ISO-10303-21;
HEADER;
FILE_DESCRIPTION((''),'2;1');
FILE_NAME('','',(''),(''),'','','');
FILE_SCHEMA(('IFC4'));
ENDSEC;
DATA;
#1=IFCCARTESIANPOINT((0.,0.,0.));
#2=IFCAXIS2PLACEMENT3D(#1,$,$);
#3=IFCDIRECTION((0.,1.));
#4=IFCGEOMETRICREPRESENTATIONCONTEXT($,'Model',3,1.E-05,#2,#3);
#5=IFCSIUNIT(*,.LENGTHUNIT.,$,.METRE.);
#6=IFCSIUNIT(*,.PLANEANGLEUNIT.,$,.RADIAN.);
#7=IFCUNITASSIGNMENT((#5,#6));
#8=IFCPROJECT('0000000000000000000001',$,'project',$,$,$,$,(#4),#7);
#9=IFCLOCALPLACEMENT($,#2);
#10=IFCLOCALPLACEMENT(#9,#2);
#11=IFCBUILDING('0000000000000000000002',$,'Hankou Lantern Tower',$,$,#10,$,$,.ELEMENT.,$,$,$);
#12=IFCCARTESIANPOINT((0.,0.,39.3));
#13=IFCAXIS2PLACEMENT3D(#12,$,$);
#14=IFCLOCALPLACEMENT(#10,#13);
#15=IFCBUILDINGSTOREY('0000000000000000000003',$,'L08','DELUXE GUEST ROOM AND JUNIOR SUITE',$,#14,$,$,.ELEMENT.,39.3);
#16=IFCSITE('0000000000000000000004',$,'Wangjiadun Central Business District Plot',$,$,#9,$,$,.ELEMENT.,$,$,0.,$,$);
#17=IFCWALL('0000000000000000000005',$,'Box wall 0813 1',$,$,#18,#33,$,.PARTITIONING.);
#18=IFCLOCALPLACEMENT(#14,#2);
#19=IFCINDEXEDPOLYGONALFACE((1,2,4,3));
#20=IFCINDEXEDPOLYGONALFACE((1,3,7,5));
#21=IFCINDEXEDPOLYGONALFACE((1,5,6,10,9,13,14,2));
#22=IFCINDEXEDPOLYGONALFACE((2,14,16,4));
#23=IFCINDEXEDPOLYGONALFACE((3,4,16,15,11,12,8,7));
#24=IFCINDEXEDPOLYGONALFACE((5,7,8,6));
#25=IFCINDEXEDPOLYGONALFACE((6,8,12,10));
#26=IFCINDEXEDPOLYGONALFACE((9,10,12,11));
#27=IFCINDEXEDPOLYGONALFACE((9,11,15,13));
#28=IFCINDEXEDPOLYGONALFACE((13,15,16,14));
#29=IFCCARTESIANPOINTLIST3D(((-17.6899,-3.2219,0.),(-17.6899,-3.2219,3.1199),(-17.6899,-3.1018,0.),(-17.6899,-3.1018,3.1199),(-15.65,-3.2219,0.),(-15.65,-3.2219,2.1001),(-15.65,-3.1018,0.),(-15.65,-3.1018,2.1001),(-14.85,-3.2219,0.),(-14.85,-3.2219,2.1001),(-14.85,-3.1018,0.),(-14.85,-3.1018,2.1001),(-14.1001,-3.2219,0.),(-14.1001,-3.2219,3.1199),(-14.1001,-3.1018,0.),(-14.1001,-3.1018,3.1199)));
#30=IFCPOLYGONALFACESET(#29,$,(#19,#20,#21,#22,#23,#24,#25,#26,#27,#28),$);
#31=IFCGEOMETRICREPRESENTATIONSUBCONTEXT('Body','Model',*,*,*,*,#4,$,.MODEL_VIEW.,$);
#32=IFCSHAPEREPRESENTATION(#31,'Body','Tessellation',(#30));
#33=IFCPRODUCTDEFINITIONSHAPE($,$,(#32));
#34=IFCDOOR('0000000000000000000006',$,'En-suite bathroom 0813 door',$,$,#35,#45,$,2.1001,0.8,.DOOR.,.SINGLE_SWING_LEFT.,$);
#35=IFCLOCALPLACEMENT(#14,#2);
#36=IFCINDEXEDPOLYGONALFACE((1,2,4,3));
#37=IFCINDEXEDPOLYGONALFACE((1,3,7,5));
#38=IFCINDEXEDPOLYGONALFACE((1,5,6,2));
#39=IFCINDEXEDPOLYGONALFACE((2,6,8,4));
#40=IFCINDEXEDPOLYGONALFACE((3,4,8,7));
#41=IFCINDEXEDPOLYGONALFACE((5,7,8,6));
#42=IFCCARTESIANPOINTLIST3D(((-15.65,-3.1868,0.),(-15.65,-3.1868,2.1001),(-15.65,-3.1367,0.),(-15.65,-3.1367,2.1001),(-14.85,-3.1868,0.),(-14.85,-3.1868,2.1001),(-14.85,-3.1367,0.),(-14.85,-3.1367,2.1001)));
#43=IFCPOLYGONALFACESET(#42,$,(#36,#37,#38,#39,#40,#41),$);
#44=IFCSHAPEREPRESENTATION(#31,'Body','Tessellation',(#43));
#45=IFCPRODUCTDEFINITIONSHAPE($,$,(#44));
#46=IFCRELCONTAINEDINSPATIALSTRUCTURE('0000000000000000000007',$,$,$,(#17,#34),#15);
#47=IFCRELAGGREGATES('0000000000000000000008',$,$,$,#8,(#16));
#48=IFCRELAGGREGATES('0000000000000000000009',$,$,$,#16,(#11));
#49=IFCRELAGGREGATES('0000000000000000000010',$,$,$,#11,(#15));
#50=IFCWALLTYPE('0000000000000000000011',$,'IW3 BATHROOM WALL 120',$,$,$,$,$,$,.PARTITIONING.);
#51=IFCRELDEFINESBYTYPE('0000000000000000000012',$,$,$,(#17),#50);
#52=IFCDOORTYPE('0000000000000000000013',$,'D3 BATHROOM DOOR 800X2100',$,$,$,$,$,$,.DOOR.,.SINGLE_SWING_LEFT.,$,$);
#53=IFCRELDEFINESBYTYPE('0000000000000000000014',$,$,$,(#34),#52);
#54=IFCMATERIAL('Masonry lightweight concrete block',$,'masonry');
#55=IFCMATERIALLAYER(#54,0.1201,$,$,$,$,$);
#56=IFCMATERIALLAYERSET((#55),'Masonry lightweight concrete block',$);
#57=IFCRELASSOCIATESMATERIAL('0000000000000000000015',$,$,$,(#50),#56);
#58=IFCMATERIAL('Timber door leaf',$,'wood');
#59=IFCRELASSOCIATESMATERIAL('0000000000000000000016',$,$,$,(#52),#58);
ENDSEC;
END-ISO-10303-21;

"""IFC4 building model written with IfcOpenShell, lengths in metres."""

from ifc_helpers import new_model, si_unit, direction, frame, frame_2d, origin, place, context, subcontext, project, spatial, rectangle, extrude, material, layer, layer_set, type_object, element, fill, save


model = new_model("IFC4")

# Units and contexts
model_context = context("Model", 3, precision=1e-05, world=origin(), true_north=direction((0.0, 1.0)))
body_context = subcontext(model_context, "Body", "Model", "MODEL_VIEW")
ifc_project = project(units=[si_unit("LENGTHUNIT", "METRE"), si_unit("PLANEANGLEUNIT", "RADIAN")], contexts=[model_context])

# Site, building, storey
site_placement = place(None, origin())
site = spatial("IfcSite", under=ifc_project, at=site_placement, Name="Wangjiadun Central Business District Plot", CompositionType="ELEMENT", RefElevation=0.0)
building_placement = place(site_placement, origin())
building = spatial("IfcBuilding", under=site, at=building_placement, Name="Hankou Lantern Tower", CompositionType="ELEMENT")
storey_placement = place(building_placement, frame((0.0, 0.0, 39.3)))
storey = spatial("IfcBuildingStorey", under=building, at=storey_placement, Name="L08", Description="DELUXE GUEST ROOM AND JUNIOR SUITE", CompositionType="ELEMENT", Elevation=39.3)

# Wall, opening, door
ifc_material_1 = material(Name="Masonry lightweight concrete block", Category="masonry")
ifc_layer_1 = layer(ifc_material_1, 0.1201)
ifc_layer_set_1 = layer_set([ifc_layer_1], Name="Masonry lightweight concrete block")
wall_type_1 = type_object("IfcWallType", Name="IW3 BATHROOM WALL 120", PredefinedType="PARTITIONING", material=ifc_layer_set_1)
wall_1_placement = place(storey_placement, frame((-14.1001, -3.1619, 0.0), z_axis=(0.0, 0.0, 1.0), x_axis=(-1.0, 0.0, 0.0)))
wall_1 = element("IfcWall", 1, at=wall_1_placement, inside=storey, type_object=wall_type_1, Name="Box wall 0813 1", PredefinedType="PARTITIONING", context=body_context, shape_type="SweptSolid", body=[
    extrude(rectangle(XDim=3.5898, YDim=0.1201, at=frame_2d((1.7949, 0.0))), origin(), (0.0, 0.0, 1.0), 3.1199),
])
opening_1_placement = place(wall_1_placement, frame((0.75, 0.0, 0.0)))
opening_1 = element("IfcOpeningElement", 2, at=opening_1_placement, cuts=wall_1, PredefinedType="OPENING", context=body_context, shape_type="SweptSolid", body=[
    extrude(rectangle(XDim=0.8, YDim=2.1001, at=frame_2d((0.3999, 1.05))), frame((0.0, 0.0701, 0.0), z_axis=(0.0, -1.0, 0.0), x_axis=(1.0, 0.0, 0.0)), (0.0, 0.0, 1.0), 0.1401),
])
ifc_material_2 = material(Name="Timber door leaf", Category="wood")
door_type_1 = type_object("IfcDoorType", Name="D3 BATHROOM DOOR 800X2100", OperationType="SINGLE_SWING_LEFT", PredefinedType="DOOR", material=ifc_material_2)
door_1_placement = place(opening_1_placement, origin())
door_1 = element("IfcDoor", 3, at=door_1_placement, inside=storey, type_object=door_type_1, Name="En-suite bathroom 0813 door", OperationType="SINGLE_SWING_LEFT", OverallHeight=2.1001, OverallWidth=0.8, PredefinedType="DOOR", context=body_context, shape_type="SweptSolid", body=[
    extrude(rectangle(XDim=0.8, YDim=2.1001, at=frame_2d((0.3999, 1.05))), frame((0.0, 0.0249, 0.0), z_axis=(0.0, -1.0, 0.0), x_axis=(1.0, 0.0, 0.0)), (0.0, 0.0, 1.0), 0.05),
])
fill(opening_1, door_1)

save(model, "model.ifc")
